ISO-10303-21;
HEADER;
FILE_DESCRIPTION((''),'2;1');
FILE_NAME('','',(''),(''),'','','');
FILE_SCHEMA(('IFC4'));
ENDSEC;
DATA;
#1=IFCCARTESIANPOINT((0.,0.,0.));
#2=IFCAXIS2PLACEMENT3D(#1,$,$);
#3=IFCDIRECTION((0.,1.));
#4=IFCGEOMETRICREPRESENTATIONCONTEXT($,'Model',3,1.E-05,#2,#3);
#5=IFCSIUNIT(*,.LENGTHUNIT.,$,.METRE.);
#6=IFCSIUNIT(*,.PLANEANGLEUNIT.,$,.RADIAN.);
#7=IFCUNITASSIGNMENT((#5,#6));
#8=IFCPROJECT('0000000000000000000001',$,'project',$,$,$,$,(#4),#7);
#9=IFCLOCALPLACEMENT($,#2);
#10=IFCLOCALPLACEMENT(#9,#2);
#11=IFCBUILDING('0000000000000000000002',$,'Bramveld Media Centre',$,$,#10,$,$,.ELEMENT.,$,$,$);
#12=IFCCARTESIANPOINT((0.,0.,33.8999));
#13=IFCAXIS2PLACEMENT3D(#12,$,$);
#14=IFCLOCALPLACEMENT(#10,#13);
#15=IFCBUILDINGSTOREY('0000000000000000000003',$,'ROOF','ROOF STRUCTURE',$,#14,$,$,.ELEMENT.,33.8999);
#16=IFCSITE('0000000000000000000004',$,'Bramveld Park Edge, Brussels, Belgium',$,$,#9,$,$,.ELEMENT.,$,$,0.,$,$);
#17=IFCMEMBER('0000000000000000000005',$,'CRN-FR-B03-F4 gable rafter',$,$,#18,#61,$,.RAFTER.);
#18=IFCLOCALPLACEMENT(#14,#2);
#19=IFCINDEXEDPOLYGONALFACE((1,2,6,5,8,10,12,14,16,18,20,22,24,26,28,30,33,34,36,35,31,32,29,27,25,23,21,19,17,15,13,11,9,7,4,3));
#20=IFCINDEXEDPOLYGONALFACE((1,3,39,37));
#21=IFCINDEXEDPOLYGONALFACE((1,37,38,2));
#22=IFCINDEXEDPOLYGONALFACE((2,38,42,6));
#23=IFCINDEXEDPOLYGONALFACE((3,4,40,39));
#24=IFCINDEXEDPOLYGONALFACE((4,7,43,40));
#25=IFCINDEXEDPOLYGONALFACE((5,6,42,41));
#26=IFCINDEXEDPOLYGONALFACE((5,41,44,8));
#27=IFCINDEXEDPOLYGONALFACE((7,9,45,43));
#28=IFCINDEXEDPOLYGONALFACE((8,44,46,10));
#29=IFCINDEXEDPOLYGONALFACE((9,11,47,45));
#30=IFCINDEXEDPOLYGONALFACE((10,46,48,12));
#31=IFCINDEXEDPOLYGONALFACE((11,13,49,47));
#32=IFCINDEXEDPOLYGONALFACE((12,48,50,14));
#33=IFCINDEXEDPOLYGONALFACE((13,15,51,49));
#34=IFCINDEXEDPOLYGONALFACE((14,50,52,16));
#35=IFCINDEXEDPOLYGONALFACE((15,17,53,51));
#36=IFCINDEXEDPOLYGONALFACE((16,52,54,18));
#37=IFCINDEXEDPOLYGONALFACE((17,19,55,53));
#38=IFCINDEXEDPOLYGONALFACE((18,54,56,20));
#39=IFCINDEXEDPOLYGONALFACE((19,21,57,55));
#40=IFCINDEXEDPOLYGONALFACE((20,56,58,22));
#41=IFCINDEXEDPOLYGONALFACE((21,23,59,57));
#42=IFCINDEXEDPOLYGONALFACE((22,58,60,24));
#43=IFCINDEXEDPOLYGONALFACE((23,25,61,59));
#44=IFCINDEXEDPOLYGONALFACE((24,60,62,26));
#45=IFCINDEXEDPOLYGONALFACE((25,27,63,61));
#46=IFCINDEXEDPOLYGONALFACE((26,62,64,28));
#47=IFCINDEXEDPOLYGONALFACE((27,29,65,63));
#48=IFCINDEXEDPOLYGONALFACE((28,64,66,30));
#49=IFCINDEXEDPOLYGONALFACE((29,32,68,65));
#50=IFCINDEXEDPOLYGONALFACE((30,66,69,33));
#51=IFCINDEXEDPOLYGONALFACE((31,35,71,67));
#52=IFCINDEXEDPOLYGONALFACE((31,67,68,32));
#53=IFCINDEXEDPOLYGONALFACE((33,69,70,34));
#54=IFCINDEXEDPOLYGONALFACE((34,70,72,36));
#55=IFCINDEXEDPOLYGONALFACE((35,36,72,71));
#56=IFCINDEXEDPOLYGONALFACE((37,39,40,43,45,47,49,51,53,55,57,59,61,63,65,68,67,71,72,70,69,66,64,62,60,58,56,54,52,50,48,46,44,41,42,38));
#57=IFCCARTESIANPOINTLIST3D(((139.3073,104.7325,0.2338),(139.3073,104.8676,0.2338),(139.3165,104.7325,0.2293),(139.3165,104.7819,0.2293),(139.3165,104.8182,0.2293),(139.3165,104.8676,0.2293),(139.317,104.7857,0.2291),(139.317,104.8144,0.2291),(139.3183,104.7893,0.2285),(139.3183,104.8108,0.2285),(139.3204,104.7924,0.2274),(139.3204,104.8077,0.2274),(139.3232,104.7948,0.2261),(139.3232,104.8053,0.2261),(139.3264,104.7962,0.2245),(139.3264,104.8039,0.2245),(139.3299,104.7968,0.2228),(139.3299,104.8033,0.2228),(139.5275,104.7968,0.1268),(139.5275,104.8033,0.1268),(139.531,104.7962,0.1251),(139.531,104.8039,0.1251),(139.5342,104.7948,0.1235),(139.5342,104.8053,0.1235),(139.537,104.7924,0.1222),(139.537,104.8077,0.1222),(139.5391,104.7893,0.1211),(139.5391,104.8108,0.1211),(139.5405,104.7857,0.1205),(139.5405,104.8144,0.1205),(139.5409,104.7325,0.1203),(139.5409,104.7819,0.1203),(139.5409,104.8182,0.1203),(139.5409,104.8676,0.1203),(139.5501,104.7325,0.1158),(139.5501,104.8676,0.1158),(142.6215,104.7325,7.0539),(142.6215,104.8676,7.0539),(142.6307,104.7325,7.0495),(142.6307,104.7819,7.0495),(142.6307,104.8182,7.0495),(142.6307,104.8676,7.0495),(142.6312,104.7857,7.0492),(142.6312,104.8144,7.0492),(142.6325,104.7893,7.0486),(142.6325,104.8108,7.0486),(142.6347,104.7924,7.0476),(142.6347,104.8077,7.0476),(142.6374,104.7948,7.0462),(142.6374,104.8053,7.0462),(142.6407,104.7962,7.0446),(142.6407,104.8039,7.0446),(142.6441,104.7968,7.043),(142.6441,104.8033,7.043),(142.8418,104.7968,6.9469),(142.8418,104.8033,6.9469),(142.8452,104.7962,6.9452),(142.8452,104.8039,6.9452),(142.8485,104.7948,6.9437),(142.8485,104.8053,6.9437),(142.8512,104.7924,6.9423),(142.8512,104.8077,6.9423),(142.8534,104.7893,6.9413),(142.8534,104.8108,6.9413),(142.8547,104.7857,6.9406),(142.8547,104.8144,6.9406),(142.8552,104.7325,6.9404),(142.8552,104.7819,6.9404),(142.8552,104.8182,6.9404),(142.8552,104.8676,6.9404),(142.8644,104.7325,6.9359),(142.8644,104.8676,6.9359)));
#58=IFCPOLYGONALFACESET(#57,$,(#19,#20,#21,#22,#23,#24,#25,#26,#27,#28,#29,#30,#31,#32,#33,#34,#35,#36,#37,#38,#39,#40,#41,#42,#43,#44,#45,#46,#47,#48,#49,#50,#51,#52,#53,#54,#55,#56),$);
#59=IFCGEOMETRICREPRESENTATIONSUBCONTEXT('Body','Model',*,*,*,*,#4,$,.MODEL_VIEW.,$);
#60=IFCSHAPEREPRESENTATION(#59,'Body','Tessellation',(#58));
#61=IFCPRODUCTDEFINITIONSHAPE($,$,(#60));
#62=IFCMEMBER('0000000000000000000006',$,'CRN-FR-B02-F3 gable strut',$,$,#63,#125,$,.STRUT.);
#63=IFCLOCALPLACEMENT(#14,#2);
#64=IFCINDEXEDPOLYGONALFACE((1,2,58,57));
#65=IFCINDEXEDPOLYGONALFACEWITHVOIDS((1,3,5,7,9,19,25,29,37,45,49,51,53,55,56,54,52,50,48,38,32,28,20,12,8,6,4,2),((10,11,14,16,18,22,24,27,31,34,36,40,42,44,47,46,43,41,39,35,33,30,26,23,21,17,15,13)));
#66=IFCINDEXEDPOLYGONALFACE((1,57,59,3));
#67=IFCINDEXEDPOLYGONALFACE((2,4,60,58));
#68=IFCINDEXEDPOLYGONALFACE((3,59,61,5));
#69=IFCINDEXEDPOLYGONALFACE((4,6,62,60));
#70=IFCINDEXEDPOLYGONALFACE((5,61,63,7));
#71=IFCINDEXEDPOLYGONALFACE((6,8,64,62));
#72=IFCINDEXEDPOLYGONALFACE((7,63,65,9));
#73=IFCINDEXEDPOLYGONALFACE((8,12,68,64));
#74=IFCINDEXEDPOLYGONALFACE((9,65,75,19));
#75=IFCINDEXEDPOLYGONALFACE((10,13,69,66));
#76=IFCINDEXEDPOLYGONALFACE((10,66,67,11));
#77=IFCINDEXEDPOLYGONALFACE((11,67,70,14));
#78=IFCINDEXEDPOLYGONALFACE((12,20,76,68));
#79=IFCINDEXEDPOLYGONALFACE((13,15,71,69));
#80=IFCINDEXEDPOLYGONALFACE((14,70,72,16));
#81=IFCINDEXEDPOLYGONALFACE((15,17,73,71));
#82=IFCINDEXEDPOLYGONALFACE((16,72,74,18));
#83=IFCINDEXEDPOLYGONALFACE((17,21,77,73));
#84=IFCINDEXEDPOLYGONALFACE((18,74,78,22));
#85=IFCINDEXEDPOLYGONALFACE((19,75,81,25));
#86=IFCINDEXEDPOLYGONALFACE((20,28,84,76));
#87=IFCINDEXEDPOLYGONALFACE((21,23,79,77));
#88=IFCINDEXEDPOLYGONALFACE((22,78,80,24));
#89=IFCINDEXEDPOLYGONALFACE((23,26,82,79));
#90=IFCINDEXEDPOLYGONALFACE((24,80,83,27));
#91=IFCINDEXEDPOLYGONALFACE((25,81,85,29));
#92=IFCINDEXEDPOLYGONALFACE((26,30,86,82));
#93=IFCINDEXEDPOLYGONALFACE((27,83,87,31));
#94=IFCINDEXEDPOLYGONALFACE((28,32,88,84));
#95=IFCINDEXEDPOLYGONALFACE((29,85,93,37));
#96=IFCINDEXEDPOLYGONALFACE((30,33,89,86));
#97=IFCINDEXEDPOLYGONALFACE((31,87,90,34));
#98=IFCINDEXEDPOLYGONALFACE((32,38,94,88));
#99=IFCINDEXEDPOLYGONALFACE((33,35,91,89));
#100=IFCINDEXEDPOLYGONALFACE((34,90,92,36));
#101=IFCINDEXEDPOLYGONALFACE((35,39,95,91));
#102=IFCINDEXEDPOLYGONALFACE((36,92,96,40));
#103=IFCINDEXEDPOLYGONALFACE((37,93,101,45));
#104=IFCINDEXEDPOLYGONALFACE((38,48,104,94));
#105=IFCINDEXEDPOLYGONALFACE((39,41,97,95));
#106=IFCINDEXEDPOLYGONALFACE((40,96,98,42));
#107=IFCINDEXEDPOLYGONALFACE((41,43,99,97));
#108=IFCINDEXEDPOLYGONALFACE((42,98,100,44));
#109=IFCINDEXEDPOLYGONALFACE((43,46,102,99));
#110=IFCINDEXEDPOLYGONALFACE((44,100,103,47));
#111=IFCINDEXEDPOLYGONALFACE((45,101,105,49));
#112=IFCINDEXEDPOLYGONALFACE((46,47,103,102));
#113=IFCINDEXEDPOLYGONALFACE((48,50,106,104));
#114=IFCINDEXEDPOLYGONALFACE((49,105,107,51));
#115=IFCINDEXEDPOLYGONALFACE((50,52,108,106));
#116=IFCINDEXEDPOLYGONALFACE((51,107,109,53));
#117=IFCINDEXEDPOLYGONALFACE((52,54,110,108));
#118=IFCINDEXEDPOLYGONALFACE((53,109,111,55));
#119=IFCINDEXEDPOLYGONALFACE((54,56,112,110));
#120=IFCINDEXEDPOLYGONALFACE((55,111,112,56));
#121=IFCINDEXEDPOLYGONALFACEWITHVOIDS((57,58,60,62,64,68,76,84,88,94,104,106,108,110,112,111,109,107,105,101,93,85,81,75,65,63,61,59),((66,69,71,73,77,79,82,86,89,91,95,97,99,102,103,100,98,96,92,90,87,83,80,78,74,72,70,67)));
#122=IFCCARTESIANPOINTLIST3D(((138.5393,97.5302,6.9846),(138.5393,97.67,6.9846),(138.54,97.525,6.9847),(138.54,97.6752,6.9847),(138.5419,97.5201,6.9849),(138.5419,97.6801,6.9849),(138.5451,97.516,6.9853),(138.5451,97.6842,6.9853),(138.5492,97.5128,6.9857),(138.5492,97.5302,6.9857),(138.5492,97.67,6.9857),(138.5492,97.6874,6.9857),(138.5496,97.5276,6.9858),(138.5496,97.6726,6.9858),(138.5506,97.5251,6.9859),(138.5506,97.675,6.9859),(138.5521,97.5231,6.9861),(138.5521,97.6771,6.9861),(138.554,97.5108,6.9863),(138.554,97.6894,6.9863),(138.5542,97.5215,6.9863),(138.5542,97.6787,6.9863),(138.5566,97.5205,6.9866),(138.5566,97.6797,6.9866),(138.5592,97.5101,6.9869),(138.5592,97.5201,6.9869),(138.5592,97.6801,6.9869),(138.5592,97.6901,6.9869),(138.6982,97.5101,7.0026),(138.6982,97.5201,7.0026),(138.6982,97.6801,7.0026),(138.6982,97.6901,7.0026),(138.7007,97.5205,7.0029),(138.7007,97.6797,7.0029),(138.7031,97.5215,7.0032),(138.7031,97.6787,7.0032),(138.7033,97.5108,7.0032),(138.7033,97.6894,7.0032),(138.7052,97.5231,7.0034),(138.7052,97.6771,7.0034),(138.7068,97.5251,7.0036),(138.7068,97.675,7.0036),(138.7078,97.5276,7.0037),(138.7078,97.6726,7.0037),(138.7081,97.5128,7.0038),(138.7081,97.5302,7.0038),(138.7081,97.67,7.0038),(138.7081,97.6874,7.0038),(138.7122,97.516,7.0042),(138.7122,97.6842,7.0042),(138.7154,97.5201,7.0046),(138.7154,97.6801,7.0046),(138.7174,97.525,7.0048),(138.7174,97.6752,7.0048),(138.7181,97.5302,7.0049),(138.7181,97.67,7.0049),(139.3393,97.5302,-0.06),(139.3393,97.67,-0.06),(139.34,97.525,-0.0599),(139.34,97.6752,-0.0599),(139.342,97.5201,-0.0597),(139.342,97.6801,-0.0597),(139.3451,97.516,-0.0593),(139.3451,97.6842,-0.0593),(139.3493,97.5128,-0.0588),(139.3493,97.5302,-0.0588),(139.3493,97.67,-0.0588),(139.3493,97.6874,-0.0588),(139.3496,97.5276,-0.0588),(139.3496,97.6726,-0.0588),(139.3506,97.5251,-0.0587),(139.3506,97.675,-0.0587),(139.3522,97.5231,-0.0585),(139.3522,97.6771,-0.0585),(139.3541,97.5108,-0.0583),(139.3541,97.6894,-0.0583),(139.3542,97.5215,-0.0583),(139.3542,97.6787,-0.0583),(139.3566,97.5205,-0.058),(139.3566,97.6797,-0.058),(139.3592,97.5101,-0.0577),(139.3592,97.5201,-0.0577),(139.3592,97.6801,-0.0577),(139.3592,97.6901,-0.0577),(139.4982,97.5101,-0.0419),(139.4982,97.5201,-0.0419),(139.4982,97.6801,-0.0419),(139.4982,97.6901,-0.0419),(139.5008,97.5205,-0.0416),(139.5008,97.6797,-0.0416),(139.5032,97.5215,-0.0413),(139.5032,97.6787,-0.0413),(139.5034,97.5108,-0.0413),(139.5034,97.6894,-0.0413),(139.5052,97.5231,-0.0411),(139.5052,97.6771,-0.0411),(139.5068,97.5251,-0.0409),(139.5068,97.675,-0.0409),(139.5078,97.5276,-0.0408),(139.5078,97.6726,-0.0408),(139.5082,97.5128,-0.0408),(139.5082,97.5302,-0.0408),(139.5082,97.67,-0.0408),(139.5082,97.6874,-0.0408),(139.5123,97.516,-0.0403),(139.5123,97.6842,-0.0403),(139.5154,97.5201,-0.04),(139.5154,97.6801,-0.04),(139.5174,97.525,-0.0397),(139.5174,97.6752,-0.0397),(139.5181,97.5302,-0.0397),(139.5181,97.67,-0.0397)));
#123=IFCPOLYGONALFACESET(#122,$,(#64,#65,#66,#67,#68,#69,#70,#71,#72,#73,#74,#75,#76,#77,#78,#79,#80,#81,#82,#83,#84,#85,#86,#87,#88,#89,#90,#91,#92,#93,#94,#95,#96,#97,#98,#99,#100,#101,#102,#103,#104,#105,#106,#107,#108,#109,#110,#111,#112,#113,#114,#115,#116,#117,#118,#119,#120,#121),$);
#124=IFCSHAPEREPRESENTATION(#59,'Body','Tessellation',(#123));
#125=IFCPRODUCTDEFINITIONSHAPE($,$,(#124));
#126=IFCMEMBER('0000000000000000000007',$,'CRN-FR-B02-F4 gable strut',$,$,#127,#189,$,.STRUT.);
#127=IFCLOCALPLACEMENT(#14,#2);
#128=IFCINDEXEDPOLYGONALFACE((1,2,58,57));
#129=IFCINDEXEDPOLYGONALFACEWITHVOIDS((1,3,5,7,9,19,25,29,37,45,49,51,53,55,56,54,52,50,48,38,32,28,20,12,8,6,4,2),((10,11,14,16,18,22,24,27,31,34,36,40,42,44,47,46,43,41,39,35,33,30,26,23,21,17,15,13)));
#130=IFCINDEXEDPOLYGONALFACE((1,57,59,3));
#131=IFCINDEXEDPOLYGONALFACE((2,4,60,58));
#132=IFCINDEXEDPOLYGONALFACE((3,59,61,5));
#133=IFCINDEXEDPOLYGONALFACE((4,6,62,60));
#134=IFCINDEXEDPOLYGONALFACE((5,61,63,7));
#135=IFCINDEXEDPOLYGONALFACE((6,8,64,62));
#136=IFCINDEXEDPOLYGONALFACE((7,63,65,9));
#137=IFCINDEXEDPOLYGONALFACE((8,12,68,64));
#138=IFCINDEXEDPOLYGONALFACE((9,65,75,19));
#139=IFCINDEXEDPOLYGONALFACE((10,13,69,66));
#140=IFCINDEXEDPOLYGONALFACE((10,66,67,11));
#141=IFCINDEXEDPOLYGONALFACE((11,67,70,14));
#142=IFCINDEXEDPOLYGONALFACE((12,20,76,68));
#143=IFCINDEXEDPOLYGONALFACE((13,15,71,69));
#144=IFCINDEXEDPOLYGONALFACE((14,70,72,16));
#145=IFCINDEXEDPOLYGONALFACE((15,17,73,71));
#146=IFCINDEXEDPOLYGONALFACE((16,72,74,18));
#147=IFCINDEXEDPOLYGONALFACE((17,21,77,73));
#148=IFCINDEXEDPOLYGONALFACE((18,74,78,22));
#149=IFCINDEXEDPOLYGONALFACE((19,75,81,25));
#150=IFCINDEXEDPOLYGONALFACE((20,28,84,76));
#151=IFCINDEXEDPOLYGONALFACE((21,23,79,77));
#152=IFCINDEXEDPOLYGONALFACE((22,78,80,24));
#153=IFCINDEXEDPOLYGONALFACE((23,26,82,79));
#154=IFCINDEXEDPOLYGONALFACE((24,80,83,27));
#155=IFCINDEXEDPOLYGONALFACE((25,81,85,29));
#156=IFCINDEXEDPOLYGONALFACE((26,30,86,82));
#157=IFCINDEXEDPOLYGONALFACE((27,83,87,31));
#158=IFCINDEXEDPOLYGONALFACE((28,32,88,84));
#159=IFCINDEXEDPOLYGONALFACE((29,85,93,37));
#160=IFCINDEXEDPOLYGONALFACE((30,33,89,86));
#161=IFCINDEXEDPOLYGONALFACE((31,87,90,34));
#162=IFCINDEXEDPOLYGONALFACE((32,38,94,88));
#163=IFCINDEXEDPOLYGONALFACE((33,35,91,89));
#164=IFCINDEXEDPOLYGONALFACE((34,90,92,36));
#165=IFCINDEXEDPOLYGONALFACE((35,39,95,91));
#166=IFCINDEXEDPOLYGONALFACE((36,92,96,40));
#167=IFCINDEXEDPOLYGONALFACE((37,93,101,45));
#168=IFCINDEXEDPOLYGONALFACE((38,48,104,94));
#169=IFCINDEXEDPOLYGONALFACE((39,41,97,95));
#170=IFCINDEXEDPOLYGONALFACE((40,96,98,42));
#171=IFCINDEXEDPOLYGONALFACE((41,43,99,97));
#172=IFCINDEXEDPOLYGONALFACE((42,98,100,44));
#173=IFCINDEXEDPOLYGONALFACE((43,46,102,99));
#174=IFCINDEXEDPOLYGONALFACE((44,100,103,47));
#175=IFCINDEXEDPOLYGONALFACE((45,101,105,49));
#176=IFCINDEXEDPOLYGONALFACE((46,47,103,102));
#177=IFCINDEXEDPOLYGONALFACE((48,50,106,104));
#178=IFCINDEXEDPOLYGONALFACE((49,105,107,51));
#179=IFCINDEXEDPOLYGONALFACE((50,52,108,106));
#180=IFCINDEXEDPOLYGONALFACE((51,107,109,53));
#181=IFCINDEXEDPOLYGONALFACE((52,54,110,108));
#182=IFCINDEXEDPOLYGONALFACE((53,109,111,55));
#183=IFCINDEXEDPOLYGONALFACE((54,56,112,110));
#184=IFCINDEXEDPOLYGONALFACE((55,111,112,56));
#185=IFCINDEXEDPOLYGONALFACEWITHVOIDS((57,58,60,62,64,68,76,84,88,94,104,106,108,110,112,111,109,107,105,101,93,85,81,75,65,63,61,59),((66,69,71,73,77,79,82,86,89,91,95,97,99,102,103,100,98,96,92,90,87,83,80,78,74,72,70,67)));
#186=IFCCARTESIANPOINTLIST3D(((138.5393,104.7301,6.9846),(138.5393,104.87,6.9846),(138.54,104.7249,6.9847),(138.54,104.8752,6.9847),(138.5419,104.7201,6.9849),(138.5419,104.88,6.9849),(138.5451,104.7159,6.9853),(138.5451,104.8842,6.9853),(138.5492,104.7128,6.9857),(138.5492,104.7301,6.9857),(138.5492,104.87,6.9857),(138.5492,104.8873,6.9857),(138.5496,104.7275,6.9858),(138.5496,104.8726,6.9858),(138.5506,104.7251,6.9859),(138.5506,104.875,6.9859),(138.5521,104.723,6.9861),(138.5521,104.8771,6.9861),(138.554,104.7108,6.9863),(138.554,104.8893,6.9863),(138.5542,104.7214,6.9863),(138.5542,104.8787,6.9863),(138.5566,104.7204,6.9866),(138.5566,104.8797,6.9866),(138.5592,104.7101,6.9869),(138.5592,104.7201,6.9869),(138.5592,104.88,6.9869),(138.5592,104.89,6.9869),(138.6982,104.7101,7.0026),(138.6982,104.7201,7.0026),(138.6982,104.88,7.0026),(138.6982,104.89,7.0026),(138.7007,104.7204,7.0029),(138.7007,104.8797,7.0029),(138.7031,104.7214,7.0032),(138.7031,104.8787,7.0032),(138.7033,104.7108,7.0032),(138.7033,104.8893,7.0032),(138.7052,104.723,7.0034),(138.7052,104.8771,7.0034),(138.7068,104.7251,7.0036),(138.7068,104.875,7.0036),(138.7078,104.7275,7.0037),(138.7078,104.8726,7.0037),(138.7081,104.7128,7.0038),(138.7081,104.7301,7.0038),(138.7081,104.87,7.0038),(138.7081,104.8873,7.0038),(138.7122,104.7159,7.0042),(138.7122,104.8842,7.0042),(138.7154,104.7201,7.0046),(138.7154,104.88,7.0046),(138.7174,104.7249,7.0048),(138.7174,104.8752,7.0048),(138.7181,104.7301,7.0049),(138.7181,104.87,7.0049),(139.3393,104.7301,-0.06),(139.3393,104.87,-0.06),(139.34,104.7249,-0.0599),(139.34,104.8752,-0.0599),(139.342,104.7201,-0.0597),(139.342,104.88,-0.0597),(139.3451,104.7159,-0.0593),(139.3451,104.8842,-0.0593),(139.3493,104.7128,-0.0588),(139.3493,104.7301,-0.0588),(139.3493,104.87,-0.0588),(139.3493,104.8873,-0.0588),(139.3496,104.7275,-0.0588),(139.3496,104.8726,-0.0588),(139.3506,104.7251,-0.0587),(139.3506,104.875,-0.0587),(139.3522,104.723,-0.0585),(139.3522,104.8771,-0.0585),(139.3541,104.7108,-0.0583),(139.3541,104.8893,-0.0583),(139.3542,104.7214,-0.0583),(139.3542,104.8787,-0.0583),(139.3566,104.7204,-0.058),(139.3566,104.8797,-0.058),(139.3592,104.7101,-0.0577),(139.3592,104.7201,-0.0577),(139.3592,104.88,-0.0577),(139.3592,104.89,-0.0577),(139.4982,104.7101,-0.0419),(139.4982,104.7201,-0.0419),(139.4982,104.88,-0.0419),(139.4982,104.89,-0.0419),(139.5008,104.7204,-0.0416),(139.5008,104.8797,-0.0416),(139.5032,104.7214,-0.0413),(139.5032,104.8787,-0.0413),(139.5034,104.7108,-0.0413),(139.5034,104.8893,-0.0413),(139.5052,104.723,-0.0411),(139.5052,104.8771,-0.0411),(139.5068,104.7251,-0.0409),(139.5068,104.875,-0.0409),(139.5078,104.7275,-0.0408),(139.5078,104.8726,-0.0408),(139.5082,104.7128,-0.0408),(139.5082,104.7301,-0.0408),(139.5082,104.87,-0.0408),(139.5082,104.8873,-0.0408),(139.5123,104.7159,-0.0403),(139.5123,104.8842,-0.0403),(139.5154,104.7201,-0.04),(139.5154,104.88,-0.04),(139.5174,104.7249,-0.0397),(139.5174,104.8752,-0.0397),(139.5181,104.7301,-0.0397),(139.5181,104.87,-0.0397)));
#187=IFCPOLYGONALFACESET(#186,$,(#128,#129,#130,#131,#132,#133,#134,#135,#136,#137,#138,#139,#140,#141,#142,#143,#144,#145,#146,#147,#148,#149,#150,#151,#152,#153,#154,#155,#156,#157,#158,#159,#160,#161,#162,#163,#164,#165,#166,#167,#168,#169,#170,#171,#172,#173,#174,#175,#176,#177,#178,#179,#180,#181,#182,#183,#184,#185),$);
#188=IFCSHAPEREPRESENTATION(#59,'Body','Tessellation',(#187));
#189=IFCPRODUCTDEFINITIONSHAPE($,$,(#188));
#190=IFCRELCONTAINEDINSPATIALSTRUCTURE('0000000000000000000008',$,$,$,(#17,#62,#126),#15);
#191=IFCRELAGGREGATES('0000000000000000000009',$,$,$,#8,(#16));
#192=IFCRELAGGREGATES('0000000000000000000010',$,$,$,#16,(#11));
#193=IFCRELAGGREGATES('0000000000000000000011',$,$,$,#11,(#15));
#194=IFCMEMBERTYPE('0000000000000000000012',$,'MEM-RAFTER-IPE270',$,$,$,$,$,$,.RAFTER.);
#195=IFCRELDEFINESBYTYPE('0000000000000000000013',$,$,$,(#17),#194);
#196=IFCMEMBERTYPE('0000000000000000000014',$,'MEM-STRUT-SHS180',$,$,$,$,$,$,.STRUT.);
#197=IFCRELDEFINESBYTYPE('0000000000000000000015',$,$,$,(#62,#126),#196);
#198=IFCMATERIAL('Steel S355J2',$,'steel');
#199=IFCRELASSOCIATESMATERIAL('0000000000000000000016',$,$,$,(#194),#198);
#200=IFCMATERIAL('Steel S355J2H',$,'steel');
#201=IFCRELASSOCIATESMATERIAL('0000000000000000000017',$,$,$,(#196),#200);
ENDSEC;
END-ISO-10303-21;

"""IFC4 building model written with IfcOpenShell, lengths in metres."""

from ifc_helpers import new_model, si_unit, direction, frame, origin, origin_2d, place, context, subcontext, project, spatial, hollow_rectangle, i_section, extrude, material, material_profile, profile_set, type_object, element, save


model = new_model("IFC4")

# Units and contexts
model_context = context("Model", 3, precision=1e-05, world=origin(), true_north=direction((0.0, 1.0)))
body_context = subcontext(model_context, "Body", "Model", "MODEL_VIEW")
ifc_project = project(units=[si_unit("LENGTHUNIT", "METRE"), si_unit("PLANEANGLEUNIT", "RADIAN")], contexts=[model_context])

# Site, building, storey
site_placement = place(None, origin())
site = spatial("IfcSite", under=ifc_project, at=site_placement, Name="Bramveld Park Edge, Brussels, Belgium", CompositionType="ELEMENT", RefElevation=0.0)
building_placement = place(site_placement, origin())
building = spatial("IfcBuilding", under=site, at=building_placement, Name="Bramveld Media Centre", CompositionType="ELEMENT")
storey_placement = place(building_placement, frame((0.0, 0.0, 33.8999)))
storey = spatial("IfcBuildingStorey", under=building, at=storey_placement, Name="ROOF", Description="ROOF STRUCTURE", CompositionType="ELEMENT", Elevation=33.8999)

# Members
ifc_material_1 = material(Name="Steel S355J2", Category="steel")
ifc_material_profile_1 = material_profile(ifc_material_1, i_section(OverallWidth=0.135, OverallDepth=0.27, WebThickness=0.0066, FlangeThickness=0.0103, FilletRadius=0.0149, at=origin_2d()), Name="IPE 270")
ifc_profile_set_1 = profile_set([ifc_material_profile_1], Name="Steel S355J2")
member_type_1 = type_object("IfcMemberType", Name="MEM-RAFTER-IPE270", PredefinedType="RAFTER", material=ifc_profile_set_1)
for number, where, z_axis, x_axis, name in (
    (1, (139.4287, 104.8, 0.1748), (0.437075, 0.0, 0.899425), (0.0, 1.0, 0.0), "CRN-FR-B03-F4 gable rafter"),
):
    element("IfcMember", number, at=place(storey_placement, frame(where, z_axis=z_axis, x_axis=x_axis)), inside=storey, type_object=member_type_1, Name=name, PredefinedType="RAFTER", context=body_context, shape_type="SweptSolid", body=[
        extrude(i_section(OverallWidth=0.135, OverallDepth=0.27, WebThickness=0.0066, FlangeThickness=0.0103, FilletRadius=0.0149, at=origin_2d()), origin(), (0.0, 0.0, 1.0), 7.5828),
    ])
ifc_material_2 = material(Name="Steel S355J2H", Category="steel")
ifc_material_profile_2 = material_profile(ifc_material_2, hollow_rectangle(XDim=0.1799, YDim=0.1799, WallThickness=0.01, InnerFilletRadius=0.01, OuterFilletRadius=0.02, at=origin_2d()), Name="SHS 180x180x10")
ifc_profile_set_2 = profile_set([ifc_material_profile_2], Name="Steel S355J2H")
member_type_2 = type_object("IfcMemberType", Name="MEM-STRUT-SHS180", PredefinedType="STRUT", material=ifc_profile_set_2)
for number, where, z_axis, x_axis, name in (
    (2, (139.4287, 97.6001, -0.0498), (-0.112842, 0.0, 0.993613), (0.0, -1.0, 0.0), "CRN-FR-B02-F3 gable strut"),
    (3, (139.4287, 104.8, -0.0498), (-0.112842, 0.0, 0.993613), (0.0, -1.0, 0.0), "CRN-FR-B02-F4 gable strut"),
):
    element("IfcMember", number, at=place(storey_placement, frame(where, z_axis=z_axis, x_axis=x_axis)), inside=storey, type_object=member_type_2, Name=name, PredefinedType="STRUT", context=body_context, shape_type="SweptSolid", body=[
        extrude(hollow_rectangle(XDim=0.1799, YDim=0.1799, WallThickness=0.01, InnerFilletRadius=0.01, OuterFilletRadius=0.02, at=origin_2d()), origin(), (0.0, 0.0, 1.0), 7.0898),
    ])

save(model, "model.ifc")
